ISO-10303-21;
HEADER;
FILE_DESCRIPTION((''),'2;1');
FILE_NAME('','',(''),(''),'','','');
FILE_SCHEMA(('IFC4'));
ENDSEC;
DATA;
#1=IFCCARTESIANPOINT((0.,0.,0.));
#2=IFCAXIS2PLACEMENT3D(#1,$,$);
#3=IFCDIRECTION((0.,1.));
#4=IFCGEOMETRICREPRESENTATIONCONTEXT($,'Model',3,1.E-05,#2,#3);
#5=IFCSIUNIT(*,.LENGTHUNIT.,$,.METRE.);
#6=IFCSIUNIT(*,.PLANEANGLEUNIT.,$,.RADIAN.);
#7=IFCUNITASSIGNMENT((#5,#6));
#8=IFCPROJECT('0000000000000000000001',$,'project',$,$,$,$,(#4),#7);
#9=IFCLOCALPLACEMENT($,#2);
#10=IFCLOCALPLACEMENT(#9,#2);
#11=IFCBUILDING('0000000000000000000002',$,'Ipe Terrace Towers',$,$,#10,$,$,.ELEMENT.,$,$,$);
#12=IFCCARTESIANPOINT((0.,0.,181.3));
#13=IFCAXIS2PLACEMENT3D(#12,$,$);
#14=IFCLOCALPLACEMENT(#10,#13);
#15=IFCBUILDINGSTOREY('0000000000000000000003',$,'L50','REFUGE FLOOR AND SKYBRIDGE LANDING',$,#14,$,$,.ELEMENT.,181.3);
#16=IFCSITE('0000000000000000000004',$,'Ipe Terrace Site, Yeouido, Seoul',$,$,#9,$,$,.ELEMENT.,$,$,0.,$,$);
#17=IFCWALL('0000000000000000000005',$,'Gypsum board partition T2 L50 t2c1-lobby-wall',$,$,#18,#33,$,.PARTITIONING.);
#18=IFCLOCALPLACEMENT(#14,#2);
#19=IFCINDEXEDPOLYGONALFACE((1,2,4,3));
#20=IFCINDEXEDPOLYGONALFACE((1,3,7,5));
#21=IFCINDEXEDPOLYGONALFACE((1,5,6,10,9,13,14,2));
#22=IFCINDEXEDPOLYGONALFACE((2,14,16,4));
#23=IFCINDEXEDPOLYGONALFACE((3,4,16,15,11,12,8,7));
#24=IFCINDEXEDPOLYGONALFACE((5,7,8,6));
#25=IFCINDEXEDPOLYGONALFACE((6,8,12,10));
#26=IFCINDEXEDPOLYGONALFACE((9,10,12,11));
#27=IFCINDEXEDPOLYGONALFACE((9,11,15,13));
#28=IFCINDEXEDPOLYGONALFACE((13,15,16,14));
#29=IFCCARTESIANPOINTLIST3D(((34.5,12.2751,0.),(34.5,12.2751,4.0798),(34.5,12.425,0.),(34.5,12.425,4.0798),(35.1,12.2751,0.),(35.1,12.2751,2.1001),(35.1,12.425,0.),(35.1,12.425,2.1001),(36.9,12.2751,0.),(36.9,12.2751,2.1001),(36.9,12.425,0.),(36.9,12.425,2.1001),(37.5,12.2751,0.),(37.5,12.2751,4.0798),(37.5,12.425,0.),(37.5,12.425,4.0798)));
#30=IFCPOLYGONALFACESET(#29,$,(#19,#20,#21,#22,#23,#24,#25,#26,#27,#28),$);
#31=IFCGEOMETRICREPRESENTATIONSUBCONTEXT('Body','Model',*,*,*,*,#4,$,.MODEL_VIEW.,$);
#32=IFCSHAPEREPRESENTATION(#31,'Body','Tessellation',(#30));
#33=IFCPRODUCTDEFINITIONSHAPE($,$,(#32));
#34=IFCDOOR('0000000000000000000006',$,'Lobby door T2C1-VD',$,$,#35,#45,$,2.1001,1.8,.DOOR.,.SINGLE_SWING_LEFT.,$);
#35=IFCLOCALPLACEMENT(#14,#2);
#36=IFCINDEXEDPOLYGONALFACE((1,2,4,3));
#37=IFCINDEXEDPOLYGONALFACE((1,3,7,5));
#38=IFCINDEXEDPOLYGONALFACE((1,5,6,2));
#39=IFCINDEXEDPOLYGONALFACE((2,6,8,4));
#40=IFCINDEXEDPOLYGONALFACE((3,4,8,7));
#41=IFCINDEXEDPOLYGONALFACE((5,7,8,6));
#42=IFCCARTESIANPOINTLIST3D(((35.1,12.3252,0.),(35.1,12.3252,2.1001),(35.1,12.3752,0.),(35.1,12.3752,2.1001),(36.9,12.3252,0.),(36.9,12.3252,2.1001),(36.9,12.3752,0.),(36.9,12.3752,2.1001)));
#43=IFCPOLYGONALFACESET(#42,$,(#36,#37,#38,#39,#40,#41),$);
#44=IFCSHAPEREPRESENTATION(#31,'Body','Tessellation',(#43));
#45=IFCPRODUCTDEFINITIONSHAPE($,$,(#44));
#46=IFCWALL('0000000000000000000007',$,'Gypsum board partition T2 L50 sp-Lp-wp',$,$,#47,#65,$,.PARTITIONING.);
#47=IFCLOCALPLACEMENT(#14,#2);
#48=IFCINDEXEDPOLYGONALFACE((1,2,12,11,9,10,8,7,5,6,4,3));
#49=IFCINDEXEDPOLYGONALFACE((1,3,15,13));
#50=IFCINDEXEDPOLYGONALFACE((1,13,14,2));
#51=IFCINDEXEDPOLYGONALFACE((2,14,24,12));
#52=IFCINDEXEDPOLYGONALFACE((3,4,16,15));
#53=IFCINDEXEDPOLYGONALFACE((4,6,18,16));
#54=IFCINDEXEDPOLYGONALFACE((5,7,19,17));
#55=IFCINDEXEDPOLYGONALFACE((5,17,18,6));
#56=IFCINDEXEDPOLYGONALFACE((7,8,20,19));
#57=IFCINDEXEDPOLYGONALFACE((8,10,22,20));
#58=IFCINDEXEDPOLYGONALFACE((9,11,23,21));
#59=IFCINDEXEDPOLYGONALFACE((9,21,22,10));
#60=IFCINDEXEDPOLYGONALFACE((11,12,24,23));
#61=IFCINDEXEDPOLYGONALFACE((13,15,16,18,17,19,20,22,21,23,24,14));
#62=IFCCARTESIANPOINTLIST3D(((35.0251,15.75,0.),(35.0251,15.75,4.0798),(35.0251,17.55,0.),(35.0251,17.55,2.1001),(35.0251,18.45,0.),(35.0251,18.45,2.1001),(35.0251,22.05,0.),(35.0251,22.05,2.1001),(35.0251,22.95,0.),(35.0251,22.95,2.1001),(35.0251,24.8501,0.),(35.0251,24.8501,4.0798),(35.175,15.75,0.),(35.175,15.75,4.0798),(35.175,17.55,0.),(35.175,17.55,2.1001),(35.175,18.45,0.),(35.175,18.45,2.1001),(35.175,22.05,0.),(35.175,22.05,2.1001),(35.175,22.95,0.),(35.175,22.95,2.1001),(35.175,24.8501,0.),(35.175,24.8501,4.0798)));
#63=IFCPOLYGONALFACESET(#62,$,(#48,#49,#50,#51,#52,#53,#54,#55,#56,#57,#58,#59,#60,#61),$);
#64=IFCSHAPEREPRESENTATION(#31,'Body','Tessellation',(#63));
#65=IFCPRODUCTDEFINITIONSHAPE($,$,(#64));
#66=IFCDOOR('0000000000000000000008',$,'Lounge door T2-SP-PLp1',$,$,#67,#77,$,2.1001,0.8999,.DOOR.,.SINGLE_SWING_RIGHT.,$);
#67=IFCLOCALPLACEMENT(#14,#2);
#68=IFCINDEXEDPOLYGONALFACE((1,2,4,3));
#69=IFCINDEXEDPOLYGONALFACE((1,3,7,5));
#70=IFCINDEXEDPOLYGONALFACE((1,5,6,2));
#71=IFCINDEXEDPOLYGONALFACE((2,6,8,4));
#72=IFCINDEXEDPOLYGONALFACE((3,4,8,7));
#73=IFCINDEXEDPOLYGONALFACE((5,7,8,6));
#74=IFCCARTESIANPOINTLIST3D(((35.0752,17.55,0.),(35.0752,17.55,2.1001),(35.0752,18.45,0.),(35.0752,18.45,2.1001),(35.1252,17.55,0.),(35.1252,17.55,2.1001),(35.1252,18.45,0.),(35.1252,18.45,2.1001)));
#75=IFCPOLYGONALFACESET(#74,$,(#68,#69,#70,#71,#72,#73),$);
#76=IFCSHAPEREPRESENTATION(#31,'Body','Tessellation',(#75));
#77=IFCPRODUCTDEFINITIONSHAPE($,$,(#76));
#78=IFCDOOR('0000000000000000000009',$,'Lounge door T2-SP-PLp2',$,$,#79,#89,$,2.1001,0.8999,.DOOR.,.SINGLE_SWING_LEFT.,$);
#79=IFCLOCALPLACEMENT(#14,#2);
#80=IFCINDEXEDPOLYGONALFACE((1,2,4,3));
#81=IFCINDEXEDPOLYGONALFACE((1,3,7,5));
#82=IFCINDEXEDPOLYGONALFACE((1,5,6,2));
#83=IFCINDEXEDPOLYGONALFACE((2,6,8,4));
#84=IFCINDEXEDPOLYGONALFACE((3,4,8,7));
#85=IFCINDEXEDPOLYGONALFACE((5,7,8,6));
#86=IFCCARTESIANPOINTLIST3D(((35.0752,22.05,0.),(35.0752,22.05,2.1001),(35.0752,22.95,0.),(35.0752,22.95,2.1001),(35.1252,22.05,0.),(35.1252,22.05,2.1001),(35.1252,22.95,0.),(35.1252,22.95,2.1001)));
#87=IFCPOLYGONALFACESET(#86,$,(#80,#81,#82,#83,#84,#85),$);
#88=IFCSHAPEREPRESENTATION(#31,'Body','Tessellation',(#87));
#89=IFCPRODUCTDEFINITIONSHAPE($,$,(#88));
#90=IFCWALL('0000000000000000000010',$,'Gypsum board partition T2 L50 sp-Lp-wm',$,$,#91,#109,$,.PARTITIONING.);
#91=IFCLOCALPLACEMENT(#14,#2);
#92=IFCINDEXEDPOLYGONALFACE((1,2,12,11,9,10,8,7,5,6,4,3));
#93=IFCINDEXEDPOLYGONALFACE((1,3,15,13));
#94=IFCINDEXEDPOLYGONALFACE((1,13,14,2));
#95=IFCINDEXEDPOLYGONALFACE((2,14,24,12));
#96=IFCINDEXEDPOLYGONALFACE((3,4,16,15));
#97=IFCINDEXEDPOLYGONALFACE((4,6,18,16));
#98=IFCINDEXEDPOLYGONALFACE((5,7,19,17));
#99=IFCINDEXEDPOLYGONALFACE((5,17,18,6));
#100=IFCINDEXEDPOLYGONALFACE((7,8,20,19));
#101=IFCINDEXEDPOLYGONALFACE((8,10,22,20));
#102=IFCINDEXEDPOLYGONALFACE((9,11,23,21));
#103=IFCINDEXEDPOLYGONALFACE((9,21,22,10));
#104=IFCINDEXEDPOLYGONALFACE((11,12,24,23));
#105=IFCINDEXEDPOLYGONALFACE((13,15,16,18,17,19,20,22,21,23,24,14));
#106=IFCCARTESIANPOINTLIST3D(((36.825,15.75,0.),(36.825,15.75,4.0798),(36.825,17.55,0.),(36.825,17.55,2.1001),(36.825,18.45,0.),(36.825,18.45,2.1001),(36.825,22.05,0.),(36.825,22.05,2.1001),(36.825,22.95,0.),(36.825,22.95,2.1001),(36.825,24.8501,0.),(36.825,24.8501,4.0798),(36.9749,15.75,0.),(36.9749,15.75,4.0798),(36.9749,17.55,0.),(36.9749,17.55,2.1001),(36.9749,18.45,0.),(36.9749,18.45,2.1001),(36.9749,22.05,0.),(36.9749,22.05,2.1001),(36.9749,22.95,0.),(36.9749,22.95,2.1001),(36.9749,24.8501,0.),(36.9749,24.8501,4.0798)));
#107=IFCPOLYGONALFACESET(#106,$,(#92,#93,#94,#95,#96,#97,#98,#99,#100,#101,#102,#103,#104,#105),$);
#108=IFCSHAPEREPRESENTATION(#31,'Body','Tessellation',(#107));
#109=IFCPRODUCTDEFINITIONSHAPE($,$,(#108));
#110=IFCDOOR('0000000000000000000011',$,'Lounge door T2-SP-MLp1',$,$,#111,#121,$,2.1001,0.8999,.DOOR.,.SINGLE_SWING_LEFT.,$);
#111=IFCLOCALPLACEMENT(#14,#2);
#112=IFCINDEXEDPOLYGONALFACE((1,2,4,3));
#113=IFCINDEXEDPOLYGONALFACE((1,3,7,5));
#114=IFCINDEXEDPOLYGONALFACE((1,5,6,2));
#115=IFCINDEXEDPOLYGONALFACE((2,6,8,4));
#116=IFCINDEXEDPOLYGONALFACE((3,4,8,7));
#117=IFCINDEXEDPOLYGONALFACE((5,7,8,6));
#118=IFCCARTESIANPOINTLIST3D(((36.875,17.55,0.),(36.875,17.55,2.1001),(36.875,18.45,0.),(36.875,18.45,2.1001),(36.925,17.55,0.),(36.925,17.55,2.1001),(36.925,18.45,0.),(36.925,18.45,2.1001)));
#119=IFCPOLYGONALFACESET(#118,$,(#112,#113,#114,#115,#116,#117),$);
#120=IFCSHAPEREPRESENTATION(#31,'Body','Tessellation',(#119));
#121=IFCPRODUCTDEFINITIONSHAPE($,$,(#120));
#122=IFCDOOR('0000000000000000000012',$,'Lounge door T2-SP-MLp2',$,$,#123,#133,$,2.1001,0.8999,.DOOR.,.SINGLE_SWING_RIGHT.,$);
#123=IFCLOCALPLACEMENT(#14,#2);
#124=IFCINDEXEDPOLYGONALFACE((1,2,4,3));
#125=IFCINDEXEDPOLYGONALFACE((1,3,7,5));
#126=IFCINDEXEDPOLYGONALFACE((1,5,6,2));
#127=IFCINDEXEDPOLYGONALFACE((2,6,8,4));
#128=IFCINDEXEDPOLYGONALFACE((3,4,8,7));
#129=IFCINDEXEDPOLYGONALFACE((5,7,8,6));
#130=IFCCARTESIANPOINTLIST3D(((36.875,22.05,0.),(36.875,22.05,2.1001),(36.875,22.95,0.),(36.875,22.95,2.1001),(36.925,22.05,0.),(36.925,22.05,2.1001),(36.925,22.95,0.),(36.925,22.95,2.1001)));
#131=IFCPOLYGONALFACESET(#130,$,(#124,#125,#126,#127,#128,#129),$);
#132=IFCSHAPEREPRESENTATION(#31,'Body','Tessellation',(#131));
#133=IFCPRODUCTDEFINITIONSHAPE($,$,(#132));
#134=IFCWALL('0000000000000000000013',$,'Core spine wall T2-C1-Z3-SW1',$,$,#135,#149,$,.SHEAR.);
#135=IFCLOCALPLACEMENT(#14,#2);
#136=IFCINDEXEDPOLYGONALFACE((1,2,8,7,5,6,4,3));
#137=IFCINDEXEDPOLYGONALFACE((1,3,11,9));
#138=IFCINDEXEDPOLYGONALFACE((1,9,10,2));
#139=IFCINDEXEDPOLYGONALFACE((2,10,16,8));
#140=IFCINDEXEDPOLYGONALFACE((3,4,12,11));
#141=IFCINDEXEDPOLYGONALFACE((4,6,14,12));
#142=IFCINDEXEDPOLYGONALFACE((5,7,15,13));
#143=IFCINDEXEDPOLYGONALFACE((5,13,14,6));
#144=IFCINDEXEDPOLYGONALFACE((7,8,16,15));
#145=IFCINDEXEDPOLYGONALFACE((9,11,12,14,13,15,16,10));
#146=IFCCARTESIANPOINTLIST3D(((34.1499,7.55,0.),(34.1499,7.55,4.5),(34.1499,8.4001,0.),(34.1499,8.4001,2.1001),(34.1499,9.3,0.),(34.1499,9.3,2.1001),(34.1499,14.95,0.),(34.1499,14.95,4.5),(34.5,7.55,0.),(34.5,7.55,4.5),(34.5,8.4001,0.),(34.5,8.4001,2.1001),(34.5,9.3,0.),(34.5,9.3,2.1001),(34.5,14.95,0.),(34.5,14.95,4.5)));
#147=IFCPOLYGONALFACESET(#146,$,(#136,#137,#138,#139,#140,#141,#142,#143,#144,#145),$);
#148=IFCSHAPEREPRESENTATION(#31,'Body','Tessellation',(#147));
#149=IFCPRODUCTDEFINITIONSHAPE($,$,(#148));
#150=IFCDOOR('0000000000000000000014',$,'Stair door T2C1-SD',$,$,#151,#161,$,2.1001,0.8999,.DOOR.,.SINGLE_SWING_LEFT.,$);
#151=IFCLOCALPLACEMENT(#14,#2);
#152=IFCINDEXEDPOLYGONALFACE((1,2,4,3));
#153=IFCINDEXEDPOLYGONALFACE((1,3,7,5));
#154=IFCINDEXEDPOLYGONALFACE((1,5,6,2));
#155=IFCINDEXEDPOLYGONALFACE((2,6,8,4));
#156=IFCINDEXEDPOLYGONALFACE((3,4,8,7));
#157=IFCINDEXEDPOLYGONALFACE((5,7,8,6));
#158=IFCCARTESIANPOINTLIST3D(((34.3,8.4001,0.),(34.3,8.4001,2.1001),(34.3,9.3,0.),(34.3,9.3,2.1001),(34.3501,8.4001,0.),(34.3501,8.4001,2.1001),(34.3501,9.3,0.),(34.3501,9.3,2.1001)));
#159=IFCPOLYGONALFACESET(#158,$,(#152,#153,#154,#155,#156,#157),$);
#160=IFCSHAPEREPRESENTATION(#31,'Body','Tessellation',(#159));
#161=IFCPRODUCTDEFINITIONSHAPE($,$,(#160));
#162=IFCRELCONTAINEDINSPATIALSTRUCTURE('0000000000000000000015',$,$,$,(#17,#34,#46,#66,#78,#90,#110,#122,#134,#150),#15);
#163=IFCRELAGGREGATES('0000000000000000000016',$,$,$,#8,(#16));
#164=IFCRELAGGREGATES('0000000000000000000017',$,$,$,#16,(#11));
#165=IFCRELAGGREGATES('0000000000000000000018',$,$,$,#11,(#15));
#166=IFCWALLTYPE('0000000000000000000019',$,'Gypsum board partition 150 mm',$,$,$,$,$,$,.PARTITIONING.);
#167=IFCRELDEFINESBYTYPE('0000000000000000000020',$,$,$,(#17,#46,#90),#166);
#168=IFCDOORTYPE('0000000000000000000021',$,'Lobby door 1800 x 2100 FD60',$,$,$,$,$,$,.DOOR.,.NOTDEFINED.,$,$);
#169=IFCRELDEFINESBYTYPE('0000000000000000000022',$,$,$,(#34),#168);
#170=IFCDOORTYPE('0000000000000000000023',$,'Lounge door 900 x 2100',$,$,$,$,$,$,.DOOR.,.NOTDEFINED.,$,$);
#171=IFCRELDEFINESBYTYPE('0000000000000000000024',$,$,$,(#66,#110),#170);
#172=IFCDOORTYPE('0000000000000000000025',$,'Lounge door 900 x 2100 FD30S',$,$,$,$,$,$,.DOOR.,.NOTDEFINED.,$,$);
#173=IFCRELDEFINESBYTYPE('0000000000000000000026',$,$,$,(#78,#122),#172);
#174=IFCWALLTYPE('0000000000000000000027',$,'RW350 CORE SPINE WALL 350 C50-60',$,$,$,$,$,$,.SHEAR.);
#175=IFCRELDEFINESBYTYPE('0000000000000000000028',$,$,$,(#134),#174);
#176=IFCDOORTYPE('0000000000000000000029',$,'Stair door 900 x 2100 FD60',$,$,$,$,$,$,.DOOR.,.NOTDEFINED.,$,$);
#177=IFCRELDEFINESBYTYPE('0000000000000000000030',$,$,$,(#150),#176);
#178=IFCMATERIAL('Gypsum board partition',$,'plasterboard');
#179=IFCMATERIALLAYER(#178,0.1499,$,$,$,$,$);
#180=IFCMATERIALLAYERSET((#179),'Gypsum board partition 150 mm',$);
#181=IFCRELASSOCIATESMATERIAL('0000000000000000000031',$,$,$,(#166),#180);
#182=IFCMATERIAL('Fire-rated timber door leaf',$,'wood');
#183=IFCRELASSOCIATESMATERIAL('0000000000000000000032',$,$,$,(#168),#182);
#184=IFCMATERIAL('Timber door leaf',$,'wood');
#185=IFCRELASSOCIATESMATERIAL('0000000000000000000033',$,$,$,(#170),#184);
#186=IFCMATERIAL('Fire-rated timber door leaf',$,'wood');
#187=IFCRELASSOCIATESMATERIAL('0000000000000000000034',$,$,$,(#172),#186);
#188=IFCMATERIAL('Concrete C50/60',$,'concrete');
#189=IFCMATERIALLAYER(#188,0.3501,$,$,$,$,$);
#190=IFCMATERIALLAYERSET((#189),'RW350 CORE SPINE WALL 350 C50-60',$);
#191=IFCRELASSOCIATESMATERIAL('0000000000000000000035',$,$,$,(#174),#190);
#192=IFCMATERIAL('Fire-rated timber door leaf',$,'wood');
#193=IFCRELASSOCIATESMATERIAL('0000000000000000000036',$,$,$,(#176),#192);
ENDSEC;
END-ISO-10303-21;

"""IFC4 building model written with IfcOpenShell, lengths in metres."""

from ifc_helpers import new_model, si_unit, direction, frame, frame_2d, origin, place, context, subcontext, project, spatial, rectangle, extrude, material, layer, layer_set, type_object, element, fill, save


model = new_model("IFC4")

# Units and contexts
model_context = context("Model", 3, precision=1e-05, world=origin(), true_north=direction((0.0, 1.0)))
body_context = subcontext(model_context, "Body", "Model", "MODEL_VIEW")
ifc_project = project(units=[si_unit("LENGTHUNIT", "METRE"), si_unit("PLANEANGLEUNIT", "RADIAN")], contexts=[model_context])

# Site, building, storey
site_placement = place(None, origin())
site = spatial("IfcSite", under=ifc_project, at=site_placement, Name="Ipe Terrace Site, Yeouido, Seoul", CompositionType="ELEMENT", RefElevation=0.0)
building_placement = place(site_placement, origin())
building = spatial("IfcBuilding", under=site, at=building_placement, Name="Ipe Terrace Towers", CompositionType="ELEMENT")
storey_placement = place(building_placement, frame((0.0, 0.0, 181.3)))
storey = spatial("IfcBuildingStorey", under=building, at=storey_placement, Name="L50", Description="REFUGE FLOOR AND SKYBRIDGE LANDING", CompositionType="ELEMENT", Elevation=181.3)

# Wall, opening, door
ifc_material_1 = material(Name="Gypsum board partition", Category="plasterboard")
ifc_layer_1 = layer(ifc_material_1, 0.1499)
ifc_layer_set_1 = layer_set([ifc_layer_1], Name="Gypsum board partition 150 mm")
wall_type_1 = type_object("IfcWallType", Name="Gypsum board partition 150 mm", PredefinedType="PARTITIONING", material=ifc_layer_set_1)
wall_1_placement = place(storey_placement, frame((37.5, 12.3501, 0.0), z_axis=(0.0, 0.0, 1.0), x_axis=(-1.0, 0.0, 0.0)))
wall_1 = element("IfcWall", 1, at=wall_1_placement, inside=storey, type_object=wall_type_1, Name="Gypsum board partition T2 L50 t2c1-lobby-wall", PredefinedType="PARTITIONING", context=body_context, shape_type="SweptSolid", body=[
    extrude(rectangle(XDim=3.0, YDim=0.1499, at=frame_2d((1.5, 0.0))), origin(), (0.0, 0.0, 1.0), 4.0798),
])
opening_1_placement = place(wall_1_placement, frame((0.6001, 0.0, 0.0)))
opening_1 = element("IfcOpeningElement", 2, at=opening_1_placement, cuts=wall_1, PredefinedType="OPENING", context=body_context, shape_type="SweptSolid", body=[
    extrude(rectangle(XDim=1.8, YDim=2.1001, at=frame_2d((0.8999, 1.05))), frame((0.0, 0.085, 0.0), z_axis=(0.0, -1.0, 0.0), x_axis=(1.0, 0.0, 0.0)), (0.0, 0.0, 1.0), 0.1699),
])
ifc_material_2 = material(Name="Fire-rated timber door leaf", Category="wood")
door_type_1 = type_object("IfcDoorType", Name="Lobby door 1800 x 2100 FD60", OperationType="NOTDEFINED", PredefinedType="DOOR", material=ifc_material_2)
door_1_placement = place(opening_1_placement, origin())
door_1 = element("IfcDoor", 3, at=door_1_placement, inside=storey, type_object=door_type_1, Name="Lobby door T2C1-VD", OperationType="SINGLE_SWING_LEFT", OverallHeight=2.1001, OverallWidth=1.8, PredefinedType="DOOR", context=body_context, shape_type="SweptSolid", body=[
    extrude(rectangle(XDim=1.8, YDim=2.1001, at=frame_2d((0.8999, 1.05))), frame((0.0, 0.0249, 0.0), z_axis=(0.0, -1.0, 0.0), x_axis=(1.0, 0.0, 0.0)), (0.0, 0.0, 1.0), 0.05),
])
fill(opening_1, door_1)

# Walls, openings, doors
wall_2_placement = place(storey_placement, frame((35.1001, 15.75, 0.0), z_axis=(0.0, 0.0, 1.0), x_axis=(0.0, 1.0, 0.0)))
wall_2 = element("IfcWall", 4, at=wall_2_placement, inside=storey, type_object=wall_type_1, Name="Gypsum board partition T2 L50 sp-Lp-wp", PredefinedType="PARTITIONING", context=body_context, shape_type="SweptSolid", body=[
    extrude(rectangle(XDim=9.1001, YDim=0.1499, at=frame_2d((4.55, 0.0))), origin(), (0.0, 0.0, 1.0), 4.0798),
])
opening_2_placement = place(wall_2_placement, frame((1.8, 0.0, 0.0)))
opening_2 = element("IfcOpeningElement", 5, at=opening_2_placement, cuts=wall_2, PredefinedType="OPENING", context=body_context, shape_type="SweptSolid", body=[
    extrude(rectangle(XDim=0.8999, YDim=2.1001, at=frame_2d((0.45, 1.05))), frame((0.0, 0.085, 0.0), z_axis=(0.0, -1.0, 0.0), x_axis=(1.0, 0.0, 0.0)), (0.0, 0.0, 1.0), 0.1699),
])
opening_3_placement = place(wall_2_placement, frame((6.3, 0.0, 0.0)))
opening_3 = element("IfcOpeningElement", 6, at=opening_3_placement, cuts=wall_2, PredefinedType="OPENING", context=body_context, shape_type="SweptSolid", body=[
    extrude(rectangle(XDim=0.8999, YDim=2.1001, at=frame_2d((0.45, 1.05))), frame((0.0, 0.085, 0.0), z_axis=(0.0, -1.0, 0.0), x_axis=(1.0, 0.0, 0.0)), (0.0, 0.0, 1.0), 0.1699),
])
ifc_material_3 = material(Name="Timber door leaf", Category="wood")
door_type_2 = type_object("IfcDoorType", Name="Lounge door 900 x 2100", OperationType="NOTDEFINED", PredefinedType="DOOR", material=ifc_material_3)
door_2_placement = place(opening_2_placement, origin())
door_2 = element("IfcDoor", 7, at=door_2_placement, inside=storey, type_object=door_type_2, Name="Lounge door T2-SP-PLp1", OperationType="SINGLE_SWING_RIGHT", OverallHeight=2.1001, OverallWidth=0.8999, PredefinedType="DOOR", context=body_context, shape_type="SweptSolid", body=[
    extrude(rectangle(XDim=0.8999, YDim=2.1001, at=frame_2d((0.45, 1.05))), frame((0.0, 0.0249, 0.0), z_axis=(0.0, -1.0, 0.0), x_axis=(1.0, 0.0, 0.0)), (0.0, 0.0, 1.0), 0.05),
])
fill(opening_2, door_2)
ifc_material_4 = material(Name="Fire-rated timber door leaf", Category="wood")
door_type_3 = type_object("IfcDoorType", Name="Lounge door 900 x 2100 FD30S", OperationType="NOTDEFINED", PredefinedType="DOOR", material=ifc_material_4)
door_3_placement = place(opening_3_placement, origin())
door_3 = element("IfcDoor", 8, at=door_3_placement, inside=storey, type_object=door_type_3, Name="Lounge door T2-SP-PLp2", OperationType="SINGLE_SWING_LEFT", OverallHeight=2.1001, OverallWidth=0.8999, PredefinedType="DOOR", context=body_context, shape_type="SweptSolid", body=[
    extrude(rectangle(XDim=0.8999, YDim=2.1001, at=frame_2d((0.45, 1.05))), frame((0.0, 0.0249, 0.0), z_axis=(0.0, -1.0, 0.0), x_axis=(1.0, 0.0, 0.0)), (0.0, 0.0, 1.0), 0.05),
])
fill(opening_3, door_3)
wall_3_placement = place(storey_placement, frame((36.8999, 15.75, 0.0), z_axis=(0.0, 0.0, 1.0), x_axis=(0.0, 1.0, 0.0)))
wall_3 = element("IfcWall", 9, at=wall_3_placement, inside=storey, type_object=wall_type_1, Name="Gypsum board partition T2 L50 sp-Lp-wm", PredefinedType="PARTITIONING", context=body_context, shape_type="SweptSolid", body=[
    extrude(rectangle(XDim=9.1001, YDim=0.1499, at=frame_2d((4.55, 0.0))), origin(), (0.0, 0.0, 1.0), 4.0798),
])
opening_4_placement = place(wall_3_placement, frame((1.8, 0.0, 0.0)))
opening_4 = element("IfcOpeningElement", 10, at=opening_4_placement, cuts=wall_3, PredefinedType="OPENING", context=body_context, shape_type="SweptSolid", body=[
    extrude(rectangle(XDim=0.8999, YDim=2.1001, at=frame_2d((0.45, 1.05))), frame((0.0, 0.085, 0.0), z_axis=(0.0, -1.0, 0.0), x_axis=(1.0, 0.0, 0.0)), (0.0, 0.0, 1.0), 0.1699),
])
opening_5_placement = place(wall_3_placement, frame((6.3, 0.0, 0.0)))
opening_5 = element("IfcOpeningElement", 11, at=opening_5_placement, cuts=wall_3, PredefinedType="OPENING", context=body_context, shape_type="SweptSolid", body=[
    extrude(rectangle(XDim=0.8999, YDim=2.1001, at=frame_2d((0.45, 1.05))), frame((0.0, 0.085, 0.0), z_axis=(0.0, -1.0, 0.0), x_axis=(1.0, 0.0, 0.0)), (0.0, 0.0, 1.0), 0.1699),
])
door_4_placement = place(opening_4_placement, origin())
door_4 = element("IfcDoor", 12, at=door_4_placement, inside=storey, type_object=door_type_2, Name="Lounge door T2-SP-MLp1", OperationType="SINGLE_SWING_LEFT", OverallHeight=2.1001, OverallWidth=0.8999, PredefinedType="DOOR", context=body_context, shape_type="SweptSolid", body=[
    extrude(rectangle(XDim=0.8999, YDim=2.1001, at=frame_2d((0.45, 1.05))), frame((0.0, 0.0249, 0.0), z_axis=(0.0, -1.0, 0.0), x_axis=(1.0, 0.0, 0.0)), (0.0, 0.0, 1.0), 0.05),
])
fill(opening_4, door_4)
door_5_placement = place(opening_5_placement, origin())
door_5 = element("IfcDoor", 13, at=door_5_placement, inside=storey, type_object=door_type_3, Name="Lounge door T2-SP-MLp2", OperationType="SINGLE_SWING_RIGHT", OverallHeight=2.1001, OverallWidth=0.8999, PredefinedType="DOOR", context=body_context, shape_type="SweptSolid", body=[
    extrude(rectangle(XDim=0.8999, YDim=2.1001, at=frame_2d((0.45, 1.05))), frame((0.0, 0.0249, 0.0), z_axis=(0.0, -1.0, 0.0), x_axis=(1.0, 0.0, 0.0)), (0.0, 0.0, 1.0), 0.05),
])
fill(opening_5, door_5)

# Wall, opening, door
ifc_material_5 = material(Name="Concrete C50/60", Category="concrete")
ifc_layer_2 = layer(ifc_material_5, 0.3501)
ifc_layer_set_2 = layer_set([ifc_layer_2], Name="RW350 CORE SPINE WALL 350 C50-60")
wall_type_2 = type_object("IfcWallType", Name="RW350 CORE SPINE WALL 350 C50-60", PredefinedType="SHEAR", material=ifc_layer_set_2)
wall_4_placement = place(storey_placement, frame((34.325, 7.55, 0.0), z_axis=(0.0, 0.0, 1.0), x_axis=(0.0, 1.0, 0.0)))
wall_4 = element("IfcWall", 14, at=wall_4_placement, inside=storey, type_object=wall_type_2, Name="Core spine wall T2-C1-Z3-SW1", PredefinedType="SHEAR", context=body_context, shape_type="SweptSolid", body=[
    extrude(rectangle(XDim=7.3999, YDim=0.3501, at=frame_2d((3.7, 0.0))), origin(), (0.0, 0.0, 1.0), 4.5),
])
opening_6_placement = place(wall_4_placement, frame((0.8501, 0.0, 0.0)))
opening_6 = element("IfcOpeningElement", 15, at=opening_6_placement, cuts=wall_4, PredefinedType="OPENING", context=body_context, shape_type="SweptSolid", body=[
    extrude(rectangle(XDim=0.8999, YDim=2.1001, at=frame_2d((0.45, 1.05))), frame((0.0, 0.1851, 0.0), z_axis=(0.0, -1.0, 0.0), x_axis=(1.0, 0.0, 0.0)), (0.0, 0.0, 1.0), 0.3701),
])
ifc_material_6 = material(Name="Fire-rated timber door leaf", Category="wood")
door_type_4 = type_object("IfcDoorType", Name="Stair door 900 x 2100 FD60", OperationType="NOTDEFINED", PredefinedType="DOOR", material=ifc_material_6)
door_6_placement = place(opening_6_placement, origin())
door_6 = element("IfcDoor", 16, at=door_6_placement, inside=storey, type_object=door_type_4, Name="Stair door T2C1-SD", OperationType="SINGLE_SWING_LEFT", OverallHeight=2.1001, OverallWidth=0.8999, PredefinedType="DOOR", context=body_context, shape_type="SweptSolid", body=[
    extrude(rectangle(XDim=0.8999, YDim=2.1001, at=frame_2d((0.45, 1.05))), frame((0.0, 0.0249, 0.0), z_axis=(0.0, -1.0, 0.0), x_axis=(1.0, 0.0, 0.0)), (0.0, 0.0, 1.0), 0.05),
])
fill(opening_6, door_6)

save(model, "model.ifc")
